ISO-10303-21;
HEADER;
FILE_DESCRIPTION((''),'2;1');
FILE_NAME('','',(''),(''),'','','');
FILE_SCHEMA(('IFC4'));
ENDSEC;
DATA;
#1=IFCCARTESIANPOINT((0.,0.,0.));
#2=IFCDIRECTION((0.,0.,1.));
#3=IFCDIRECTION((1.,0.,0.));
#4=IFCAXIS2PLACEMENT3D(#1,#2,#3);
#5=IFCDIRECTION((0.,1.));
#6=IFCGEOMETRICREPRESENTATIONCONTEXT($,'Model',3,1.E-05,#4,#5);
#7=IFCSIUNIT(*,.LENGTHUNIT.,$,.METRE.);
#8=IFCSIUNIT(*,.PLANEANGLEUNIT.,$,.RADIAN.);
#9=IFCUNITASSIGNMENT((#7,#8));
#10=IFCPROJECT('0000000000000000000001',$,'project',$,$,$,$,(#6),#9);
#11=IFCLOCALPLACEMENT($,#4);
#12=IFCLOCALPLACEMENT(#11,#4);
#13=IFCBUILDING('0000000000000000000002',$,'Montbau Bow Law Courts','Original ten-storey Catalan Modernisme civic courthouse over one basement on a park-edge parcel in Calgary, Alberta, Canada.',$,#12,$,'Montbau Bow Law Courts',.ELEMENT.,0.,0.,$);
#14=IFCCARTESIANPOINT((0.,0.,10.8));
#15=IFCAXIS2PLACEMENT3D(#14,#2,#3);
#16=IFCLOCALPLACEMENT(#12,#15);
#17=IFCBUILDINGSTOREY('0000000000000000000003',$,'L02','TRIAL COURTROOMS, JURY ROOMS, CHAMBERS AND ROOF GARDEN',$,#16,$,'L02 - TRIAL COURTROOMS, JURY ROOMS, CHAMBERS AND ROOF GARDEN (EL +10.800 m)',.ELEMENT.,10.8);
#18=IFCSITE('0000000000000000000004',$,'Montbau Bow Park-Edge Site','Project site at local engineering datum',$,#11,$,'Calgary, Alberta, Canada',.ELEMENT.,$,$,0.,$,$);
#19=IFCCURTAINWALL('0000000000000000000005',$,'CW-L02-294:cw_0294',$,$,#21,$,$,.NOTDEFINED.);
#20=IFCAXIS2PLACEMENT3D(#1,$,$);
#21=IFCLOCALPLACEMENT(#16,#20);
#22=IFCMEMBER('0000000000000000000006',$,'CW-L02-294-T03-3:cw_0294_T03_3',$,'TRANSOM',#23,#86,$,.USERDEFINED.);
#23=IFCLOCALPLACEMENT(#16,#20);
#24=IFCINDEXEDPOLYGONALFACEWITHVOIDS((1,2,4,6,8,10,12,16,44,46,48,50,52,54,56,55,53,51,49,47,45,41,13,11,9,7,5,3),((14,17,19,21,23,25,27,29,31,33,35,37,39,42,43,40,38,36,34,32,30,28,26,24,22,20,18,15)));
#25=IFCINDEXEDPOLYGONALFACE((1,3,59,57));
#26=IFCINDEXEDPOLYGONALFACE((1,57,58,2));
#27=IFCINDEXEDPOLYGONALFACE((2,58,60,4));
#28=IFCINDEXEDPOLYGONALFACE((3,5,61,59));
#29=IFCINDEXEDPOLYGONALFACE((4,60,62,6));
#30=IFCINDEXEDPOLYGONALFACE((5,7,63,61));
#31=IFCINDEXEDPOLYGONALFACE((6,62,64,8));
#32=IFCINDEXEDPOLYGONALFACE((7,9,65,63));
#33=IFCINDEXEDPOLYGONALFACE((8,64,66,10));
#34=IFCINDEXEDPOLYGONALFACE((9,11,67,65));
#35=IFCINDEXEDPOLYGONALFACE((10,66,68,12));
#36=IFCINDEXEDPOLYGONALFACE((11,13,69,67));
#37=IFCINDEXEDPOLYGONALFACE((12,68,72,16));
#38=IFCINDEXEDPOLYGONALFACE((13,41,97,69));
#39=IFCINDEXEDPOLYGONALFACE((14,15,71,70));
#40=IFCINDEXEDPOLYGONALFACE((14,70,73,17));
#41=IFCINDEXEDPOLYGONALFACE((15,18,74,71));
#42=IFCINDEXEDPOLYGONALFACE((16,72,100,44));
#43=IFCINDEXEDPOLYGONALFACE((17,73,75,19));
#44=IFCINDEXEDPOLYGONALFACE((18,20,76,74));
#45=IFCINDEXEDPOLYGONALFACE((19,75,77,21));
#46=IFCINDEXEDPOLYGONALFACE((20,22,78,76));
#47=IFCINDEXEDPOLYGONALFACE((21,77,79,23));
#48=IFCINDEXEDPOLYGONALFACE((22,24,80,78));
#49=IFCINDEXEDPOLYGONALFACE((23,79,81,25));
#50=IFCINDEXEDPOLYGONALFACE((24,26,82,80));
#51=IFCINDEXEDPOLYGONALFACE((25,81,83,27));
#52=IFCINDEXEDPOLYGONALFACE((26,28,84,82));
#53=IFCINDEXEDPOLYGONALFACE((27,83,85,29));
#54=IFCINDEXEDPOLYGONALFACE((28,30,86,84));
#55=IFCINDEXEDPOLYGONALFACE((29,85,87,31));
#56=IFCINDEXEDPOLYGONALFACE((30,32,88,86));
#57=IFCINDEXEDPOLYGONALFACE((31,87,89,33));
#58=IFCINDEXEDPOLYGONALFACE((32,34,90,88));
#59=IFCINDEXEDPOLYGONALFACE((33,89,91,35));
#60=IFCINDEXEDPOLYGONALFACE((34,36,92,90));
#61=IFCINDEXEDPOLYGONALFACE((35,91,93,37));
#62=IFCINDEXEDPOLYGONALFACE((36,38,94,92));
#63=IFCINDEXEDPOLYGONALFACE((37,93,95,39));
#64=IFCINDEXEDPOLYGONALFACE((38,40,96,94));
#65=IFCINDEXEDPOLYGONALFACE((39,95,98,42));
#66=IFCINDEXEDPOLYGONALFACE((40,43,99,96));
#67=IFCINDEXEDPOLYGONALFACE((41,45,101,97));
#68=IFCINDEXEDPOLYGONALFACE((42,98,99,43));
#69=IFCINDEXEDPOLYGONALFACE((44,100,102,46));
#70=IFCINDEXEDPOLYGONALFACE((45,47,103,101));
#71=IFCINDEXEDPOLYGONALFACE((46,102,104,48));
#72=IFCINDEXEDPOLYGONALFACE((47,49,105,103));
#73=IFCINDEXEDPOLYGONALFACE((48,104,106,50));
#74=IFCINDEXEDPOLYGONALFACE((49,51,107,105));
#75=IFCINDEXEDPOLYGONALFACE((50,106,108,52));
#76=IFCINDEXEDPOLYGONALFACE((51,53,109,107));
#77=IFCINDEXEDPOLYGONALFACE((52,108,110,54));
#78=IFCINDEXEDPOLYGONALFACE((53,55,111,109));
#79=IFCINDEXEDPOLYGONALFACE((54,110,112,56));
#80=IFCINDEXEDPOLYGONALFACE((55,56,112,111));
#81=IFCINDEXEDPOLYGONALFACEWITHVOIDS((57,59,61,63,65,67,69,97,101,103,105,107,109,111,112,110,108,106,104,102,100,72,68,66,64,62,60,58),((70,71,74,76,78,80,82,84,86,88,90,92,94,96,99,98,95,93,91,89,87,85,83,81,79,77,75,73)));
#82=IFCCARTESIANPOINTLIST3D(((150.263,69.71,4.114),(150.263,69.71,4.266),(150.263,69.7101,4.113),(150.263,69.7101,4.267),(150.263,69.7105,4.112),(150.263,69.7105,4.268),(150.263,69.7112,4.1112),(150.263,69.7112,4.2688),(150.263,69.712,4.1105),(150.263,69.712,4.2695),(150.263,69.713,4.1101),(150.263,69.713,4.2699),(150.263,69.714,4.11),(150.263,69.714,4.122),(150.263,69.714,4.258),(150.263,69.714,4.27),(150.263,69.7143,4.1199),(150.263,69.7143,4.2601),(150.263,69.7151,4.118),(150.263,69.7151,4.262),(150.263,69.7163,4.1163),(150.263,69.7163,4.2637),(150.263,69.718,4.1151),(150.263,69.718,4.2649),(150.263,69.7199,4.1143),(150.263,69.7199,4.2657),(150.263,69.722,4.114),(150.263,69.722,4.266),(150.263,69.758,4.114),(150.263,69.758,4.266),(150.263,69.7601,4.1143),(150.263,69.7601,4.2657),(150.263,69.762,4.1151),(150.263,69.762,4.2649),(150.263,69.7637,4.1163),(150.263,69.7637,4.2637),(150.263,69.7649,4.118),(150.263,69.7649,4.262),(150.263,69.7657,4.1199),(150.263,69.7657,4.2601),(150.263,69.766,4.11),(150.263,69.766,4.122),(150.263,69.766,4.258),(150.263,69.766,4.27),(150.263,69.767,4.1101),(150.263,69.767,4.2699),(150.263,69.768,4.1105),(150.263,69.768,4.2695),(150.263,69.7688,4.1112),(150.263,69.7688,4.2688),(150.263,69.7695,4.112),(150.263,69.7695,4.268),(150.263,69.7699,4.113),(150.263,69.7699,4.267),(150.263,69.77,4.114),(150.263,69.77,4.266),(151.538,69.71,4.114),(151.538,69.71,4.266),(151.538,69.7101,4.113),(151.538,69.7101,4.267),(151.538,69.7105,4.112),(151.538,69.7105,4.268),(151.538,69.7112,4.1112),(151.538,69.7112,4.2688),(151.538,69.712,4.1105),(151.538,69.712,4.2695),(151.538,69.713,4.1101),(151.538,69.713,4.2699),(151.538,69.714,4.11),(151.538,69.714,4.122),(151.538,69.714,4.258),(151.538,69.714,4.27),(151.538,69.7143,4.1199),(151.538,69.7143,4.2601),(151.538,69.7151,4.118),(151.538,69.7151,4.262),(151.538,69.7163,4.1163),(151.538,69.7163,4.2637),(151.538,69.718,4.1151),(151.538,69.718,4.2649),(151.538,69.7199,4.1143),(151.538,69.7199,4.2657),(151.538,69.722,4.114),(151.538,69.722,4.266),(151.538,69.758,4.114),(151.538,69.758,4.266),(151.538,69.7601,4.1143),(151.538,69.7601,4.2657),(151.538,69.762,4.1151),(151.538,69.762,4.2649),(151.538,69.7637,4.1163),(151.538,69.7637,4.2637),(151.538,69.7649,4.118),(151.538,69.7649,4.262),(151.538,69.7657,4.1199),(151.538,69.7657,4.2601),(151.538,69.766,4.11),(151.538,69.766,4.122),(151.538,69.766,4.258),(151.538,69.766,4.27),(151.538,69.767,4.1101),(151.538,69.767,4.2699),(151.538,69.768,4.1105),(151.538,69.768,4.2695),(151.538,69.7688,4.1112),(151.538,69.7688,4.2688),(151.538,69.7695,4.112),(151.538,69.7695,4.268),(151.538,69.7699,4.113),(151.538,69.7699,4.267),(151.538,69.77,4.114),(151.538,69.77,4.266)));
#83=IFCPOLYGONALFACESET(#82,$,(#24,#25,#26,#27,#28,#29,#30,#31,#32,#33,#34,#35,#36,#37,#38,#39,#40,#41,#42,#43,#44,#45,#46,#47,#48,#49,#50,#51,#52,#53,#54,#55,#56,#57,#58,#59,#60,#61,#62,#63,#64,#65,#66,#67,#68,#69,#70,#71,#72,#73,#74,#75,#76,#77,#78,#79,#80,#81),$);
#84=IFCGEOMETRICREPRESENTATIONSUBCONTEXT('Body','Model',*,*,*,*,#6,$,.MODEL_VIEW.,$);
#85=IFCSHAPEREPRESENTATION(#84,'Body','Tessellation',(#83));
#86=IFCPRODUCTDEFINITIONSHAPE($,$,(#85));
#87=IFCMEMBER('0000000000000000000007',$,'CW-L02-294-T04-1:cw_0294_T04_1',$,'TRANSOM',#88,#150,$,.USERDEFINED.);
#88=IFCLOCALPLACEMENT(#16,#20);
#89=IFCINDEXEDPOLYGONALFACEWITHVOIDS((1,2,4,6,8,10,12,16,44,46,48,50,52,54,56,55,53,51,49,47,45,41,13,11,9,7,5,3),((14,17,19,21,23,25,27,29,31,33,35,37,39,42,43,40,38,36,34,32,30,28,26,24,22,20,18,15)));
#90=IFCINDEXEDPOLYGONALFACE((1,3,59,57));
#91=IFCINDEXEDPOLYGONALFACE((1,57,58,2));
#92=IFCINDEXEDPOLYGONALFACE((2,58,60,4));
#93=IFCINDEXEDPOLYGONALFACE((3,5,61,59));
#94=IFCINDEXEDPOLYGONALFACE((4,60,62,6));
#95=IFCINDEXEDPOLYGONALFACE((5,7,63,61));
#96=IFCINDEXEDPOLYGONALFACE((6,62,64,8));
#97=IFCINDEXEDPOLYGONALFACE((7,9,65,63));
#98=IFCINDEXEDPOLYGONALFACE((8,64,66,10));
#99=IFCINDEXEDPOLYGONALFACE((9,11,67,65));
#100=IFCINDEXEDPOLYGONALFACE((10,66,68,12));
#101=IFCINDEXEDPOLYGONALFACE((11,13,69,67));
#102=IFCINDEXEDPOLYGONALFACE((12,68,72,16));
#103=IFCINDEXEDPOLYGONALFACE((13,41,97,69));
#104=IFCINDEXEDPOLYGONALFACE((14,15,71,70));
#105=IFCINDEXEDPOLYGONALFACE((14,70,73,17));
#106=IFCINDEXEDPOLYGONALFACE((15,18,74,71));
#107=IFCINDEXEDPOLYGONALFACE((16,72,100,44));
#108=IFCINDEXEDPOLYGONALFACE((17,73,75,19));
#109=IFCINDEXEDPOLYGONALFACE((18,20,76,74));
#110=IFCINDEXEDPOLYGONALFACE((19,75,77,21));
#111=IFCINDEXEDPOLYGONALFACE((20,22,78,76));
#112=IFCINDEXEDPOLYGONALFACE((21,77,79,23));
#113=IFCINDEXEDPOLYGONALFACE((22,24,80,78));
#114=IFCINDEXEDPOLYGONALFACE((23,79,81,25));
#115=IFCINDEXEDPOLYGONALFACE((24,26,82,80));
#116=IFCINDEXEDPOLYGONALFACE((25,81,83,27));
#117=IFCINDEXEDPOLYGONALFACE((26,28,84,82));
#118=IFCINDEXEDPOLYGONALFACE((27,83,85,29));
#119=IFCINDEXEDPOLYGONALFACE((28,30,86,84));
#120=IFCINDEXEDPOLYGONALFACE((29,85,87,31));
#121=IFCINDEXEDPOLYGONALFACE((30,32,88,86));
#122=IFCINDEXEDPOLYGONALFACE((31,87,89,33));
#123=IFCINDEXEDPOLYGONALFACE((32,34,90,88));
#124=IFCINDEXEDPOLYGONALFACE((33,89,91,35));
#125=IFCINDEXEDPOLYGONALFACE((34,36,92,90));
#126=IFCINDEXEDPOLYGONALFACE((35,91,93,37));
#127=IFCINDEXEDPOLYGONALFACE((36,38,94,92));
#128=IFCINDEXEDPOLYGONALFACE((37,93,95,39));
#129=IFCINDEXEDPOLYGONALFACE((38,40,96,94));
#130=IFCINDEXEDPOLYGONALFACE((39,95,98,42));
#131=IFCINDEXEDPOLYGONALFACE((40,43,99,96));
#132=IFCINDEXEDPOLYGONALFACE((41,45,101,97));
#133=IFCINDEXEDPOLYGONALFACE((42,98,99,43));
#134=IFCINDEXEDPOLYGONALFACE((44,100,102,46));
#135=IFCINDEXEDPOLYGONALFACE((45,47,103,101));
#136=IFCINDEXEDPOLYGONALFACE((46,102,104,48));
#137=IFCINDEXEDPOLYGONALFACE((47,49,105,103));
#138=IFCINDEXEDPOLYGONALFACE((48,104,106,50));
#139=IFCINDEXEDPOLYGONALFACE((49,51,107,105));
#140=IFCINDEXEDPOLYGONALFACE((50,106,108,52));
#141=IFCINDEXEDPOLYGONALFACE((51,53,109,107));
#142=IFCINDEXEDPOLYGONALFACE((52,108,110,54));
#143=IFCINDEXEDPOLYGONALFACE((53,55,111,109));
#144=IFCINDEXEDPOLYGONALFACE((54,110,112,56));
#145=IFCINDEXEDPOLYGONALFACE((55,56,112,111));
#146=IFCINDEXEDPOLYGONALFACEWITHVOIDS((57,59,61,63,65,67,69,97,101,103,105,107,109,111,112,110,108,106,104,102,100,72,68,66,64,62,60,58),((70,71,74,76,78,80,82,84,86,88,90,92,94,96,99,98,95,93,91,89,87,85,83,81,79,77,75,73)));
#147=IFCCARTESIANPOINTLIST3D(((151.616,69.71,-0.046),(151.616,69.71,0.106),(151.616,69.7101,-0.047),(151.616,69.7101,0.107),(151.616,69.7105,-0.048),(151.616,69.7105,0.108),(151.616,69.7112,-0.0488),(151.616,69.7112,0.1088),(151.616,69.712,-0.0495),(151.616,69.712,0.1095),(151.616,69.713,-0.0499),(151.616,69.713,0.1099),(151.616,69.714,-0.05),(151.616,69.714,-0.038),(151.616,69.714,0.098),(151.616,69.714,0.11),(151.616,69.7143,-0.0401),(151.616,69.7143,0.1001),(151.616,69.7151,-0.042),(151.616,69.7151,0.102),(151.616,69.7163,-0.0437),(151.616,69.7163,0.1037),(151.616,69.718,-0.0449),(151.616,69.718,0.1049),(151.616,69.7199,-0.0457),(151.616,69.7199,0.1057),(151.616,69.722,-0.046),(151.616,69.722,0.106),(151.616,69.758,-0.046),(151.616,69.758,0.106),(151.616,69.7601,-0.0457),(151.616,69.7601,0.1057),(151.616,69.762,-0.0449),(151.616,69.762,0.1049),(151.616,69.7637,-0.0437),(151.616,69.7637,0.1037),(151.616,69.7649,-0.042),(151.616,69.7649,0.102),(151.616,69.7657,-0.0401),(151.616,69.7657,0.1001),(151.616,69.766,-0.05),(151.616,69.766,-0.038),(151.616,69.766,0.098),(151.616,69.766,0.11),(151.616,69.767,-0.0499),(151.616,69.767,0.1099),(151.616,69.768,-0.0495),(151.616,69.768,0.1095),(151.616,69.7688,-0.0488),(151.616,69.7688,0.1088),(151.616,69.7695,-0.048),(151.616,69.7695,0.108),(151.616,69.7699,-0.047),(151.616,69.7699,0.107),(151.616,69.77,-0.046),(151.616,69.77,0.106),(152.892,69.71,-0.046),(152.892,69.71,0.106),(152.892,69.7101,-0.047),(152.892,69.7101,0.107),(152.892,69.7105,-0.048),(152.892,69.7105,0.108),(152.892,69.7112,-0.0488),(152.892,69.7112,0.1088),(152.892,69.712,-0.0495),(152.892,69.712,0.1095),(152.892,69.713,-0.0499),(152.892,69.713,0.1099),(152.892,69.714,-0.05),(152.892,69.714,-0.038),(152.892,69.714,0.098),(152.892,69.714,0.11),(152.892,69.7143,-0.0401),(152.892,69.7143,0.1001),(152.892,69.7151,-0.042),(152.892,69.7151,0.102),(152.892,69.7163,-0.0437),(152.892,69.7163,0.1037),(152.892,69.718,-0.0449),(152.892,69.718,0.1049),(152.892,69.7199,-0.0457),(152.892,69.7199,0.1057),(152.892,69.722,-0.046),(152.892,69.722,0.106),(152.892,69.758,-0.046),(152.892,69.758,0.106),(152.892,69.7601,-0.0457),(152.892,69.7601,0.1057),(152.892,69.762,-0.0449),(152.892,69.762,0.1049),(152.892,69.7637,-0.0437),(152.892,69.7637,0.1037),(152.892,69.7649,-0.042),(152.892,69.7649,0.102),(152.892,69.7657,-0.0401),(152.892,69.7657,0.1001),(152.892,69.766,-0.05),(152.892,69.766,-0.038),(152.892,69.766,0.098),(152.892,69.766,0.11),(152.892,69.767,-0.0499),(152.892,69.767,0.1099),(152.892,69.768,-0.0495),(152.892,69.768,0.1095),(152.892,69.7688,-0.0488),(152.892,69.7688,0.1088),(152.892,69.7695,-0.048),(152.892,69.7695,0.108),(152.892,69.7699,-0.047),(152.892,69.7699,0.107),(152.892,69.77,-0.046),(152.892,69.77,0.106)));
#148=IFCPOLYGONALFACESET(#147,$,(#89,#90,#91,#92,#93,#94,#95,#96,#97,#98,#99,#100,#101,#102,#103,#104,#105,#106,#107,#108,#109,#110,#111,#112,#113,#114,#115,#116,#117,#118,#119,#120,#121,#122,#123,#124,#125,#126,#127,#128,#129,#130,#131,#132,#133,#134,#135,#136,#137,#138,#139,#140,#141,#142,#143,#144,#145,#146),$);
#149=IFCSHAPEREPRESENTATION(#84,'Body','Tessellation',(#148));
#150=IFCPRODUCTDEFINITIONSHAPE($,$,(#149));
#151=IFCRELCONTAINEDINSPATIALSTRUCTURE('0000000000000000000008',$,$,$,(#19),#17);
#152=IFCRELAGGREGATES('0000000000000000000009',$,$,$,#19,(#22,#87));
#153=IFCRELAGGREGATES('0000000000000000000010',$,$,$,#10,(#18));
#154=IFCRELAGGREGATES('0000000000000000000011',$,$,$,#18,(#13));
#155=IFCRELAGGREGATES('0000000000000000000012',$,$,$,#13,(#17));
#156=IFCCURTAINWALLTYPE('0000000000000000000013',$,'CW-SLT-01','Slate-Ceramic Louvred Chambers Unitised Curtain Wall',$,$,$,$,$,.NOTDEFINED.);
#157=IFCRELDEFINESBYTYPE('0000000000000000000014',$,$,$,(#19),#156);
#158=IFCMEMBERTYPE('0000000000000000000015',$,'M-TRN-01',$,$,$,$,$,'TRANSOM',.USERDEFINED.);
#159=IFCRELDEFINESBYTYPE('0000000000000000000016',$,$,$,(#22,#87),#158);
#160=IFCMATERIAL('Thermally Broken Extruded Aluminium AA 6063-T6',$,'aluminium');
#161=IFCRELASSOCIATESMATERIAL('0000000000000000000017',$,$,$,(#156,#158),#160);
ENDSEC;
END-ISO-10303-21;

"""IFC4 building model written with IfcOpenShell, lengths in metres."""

from ifc_helpers import new_model, si_unit, direction, frame, origin_with_axes, origin_2d_with_axis, place, context, subcontext, project, spatial, hollow_rectangle, extrude, material, material_profile, profile_set, type_object, element, aggregate, save


model = new_model("IFC4")

# Units and contexts
model_context = context("Model", 3, precision=1e-05, world=origin_with_axes(), true_north=direction((0.0, 1.0)))
body_context = subcontext(model_context, "Body", "Model", "MODEL_VIEW")
ifc_project = project(units=[si_unit("LENGTHUNIT", "METRE"), si_unit("PLANEANGLEUNIT", "RADIAN")], contexts=[model_context])

# Site, building, storey
site_placement = place(None, origin_with_axes())
site = spatial("IfcSite", under=ifc_project, at=site_placement, Name="Montbau Bow Park-Edge Site", Description="Project site at local engineering datum", LongName="Calgary, Alberta, Canada", CompositionType="ELEMENT", RefElevation=0.0)
building_placement = place(site_placement, origin_with_axes())
building = spatial("IfcBuilding", under=site, at=building_placement, Name="Montbau Bow Law Courts", Description="Original ten-storey Catalan Modernisme civic courthouse over one basement on a park-edge parcel in Calgary, Alberta, Canada.", LongName="Montbau Bow Law Courts", CompositionType="ELEMENT", ElevationOfRefHeight=0.0, ElevationOfTerrain=0.0)
storey_placement = place(building_placement, frame((0.0, 0.0, 10.8), z_axis=(0.0, 0.0, 1.0), x_axis=(1.0, 0.0, 0.0)))
storey = spatial("IfcBuildingStorey", under=building, at=storey_placement, Name="L02", Description="TRIAL COURTROOMS, JURY ROOMS, CHAMBERS AND ROOF GARDEN", LongName="L02 - TRIAL COURTROOMS, JURY ROOMS, CHAMBERS AND ROOF GARDEN (EL +10.800 m)", CompositionType="ELEMENT", Elevation=10.8)

# Curtain wall, members
ifc_material_1 = material(Name="Thermally Broken Extruded Aluminium AA 6063-T6", Category="aluminium")
curtain_wall_type = type_object("IfcCurtainWallType", Name="CW-SLT-01", Description="Slate-Ceramic Louvred Chambers Unitised Curtain Wall", PredefinedType="NOTDEFINED", material=ifc_material_1)
curtain_wall_placement = place(None, frame((147.515, 69.74, 10.8), z_axis=(0.0, 0.0, 1.0), x_axis=(1.0, 0.0, 0.0)))
curtain_wall = element("IfcCurtainWall", 1, at=curtain_wall_placement, inside=storey, type_object=curtain_wall_type, Name="CW-L02-294:cw_0294", PredefinedType="NOTDEFINED")
ifc_material_profile_1 = material_profile(ifc_material_1, hollow_rectangle(XDim=0.06, YDim=0.16, WallThickness=0.004, InnerFilletRadius=0.008, OuterFilletRadius=0.004, at=origin_2d_with_axis()), Name="CWT-160X60", Category="Main", Priority=0)
ifc_profile_set_1 = profile_set([ifc_material_profile_1], Name="Thermally Broken Extruded Aluminium AA 6063-T6")
member_type_1 = type_object("IfcMemberType", Name="M-TRN-01", ElementType="TRANSOM", PredefinedType="USERDEFINED", material=ifc_profile_set_1)
member_1_placement = place(None, frame((150.263, 69.74, 14.99), z_axis=(1.0, 0.0, 0.0), x_axis=(0.0, 1.0, 0.0)))
member_1 = element("IfcMember", 2, at=member_1_placement, type_object=member_type_1, Name="CW-L02-294-T03-3:cw_0294_T03_3", ObjectType="TRANSOM", PredefinedType="USERDEFINED", context=body_context, shape_type="SweptSolid", body=[
    extrude(hollow_rectangle(XDim=0.06, YDim=0.16, WallThickness=0.004, InnerFilletRadius=0.008, OuterFilletRadius=0.004, at=origin_2d_with_axis()), origin_with_axes(), (0.0, 0.0, 1.0), 1.275),
])
member_2_placement = place(None, frame((151.616, 69.74, 10.83), z_axis=(1.0, 0.0, 0.0), x_axis=(0.0, 1.0, 0.0)))
member_2 = element("IfcMember", 3, at=member_2_placement, type_object=member_type_1, Name="CW-L02-294-T04-1:cw_0294_T04_1", ObjectType="TRANSOM", PredefinedType="USERDEFINED", context=body_context, shape_type="SweptSolid", body=[
    extrude(hollow_rectangle(XDim=0.06, YDim=0.16, WallThickness=0.004, InnerFilletRadius=0.008, OuterFilletRadius=0.004, at=origin_2d_with_axis()), origin_with_axes(), (0.0, 0.0, 1.0), 1.276),
])
aggregate(curtain_wall, [member_1, member_2])

save(model, "model.ifc")
